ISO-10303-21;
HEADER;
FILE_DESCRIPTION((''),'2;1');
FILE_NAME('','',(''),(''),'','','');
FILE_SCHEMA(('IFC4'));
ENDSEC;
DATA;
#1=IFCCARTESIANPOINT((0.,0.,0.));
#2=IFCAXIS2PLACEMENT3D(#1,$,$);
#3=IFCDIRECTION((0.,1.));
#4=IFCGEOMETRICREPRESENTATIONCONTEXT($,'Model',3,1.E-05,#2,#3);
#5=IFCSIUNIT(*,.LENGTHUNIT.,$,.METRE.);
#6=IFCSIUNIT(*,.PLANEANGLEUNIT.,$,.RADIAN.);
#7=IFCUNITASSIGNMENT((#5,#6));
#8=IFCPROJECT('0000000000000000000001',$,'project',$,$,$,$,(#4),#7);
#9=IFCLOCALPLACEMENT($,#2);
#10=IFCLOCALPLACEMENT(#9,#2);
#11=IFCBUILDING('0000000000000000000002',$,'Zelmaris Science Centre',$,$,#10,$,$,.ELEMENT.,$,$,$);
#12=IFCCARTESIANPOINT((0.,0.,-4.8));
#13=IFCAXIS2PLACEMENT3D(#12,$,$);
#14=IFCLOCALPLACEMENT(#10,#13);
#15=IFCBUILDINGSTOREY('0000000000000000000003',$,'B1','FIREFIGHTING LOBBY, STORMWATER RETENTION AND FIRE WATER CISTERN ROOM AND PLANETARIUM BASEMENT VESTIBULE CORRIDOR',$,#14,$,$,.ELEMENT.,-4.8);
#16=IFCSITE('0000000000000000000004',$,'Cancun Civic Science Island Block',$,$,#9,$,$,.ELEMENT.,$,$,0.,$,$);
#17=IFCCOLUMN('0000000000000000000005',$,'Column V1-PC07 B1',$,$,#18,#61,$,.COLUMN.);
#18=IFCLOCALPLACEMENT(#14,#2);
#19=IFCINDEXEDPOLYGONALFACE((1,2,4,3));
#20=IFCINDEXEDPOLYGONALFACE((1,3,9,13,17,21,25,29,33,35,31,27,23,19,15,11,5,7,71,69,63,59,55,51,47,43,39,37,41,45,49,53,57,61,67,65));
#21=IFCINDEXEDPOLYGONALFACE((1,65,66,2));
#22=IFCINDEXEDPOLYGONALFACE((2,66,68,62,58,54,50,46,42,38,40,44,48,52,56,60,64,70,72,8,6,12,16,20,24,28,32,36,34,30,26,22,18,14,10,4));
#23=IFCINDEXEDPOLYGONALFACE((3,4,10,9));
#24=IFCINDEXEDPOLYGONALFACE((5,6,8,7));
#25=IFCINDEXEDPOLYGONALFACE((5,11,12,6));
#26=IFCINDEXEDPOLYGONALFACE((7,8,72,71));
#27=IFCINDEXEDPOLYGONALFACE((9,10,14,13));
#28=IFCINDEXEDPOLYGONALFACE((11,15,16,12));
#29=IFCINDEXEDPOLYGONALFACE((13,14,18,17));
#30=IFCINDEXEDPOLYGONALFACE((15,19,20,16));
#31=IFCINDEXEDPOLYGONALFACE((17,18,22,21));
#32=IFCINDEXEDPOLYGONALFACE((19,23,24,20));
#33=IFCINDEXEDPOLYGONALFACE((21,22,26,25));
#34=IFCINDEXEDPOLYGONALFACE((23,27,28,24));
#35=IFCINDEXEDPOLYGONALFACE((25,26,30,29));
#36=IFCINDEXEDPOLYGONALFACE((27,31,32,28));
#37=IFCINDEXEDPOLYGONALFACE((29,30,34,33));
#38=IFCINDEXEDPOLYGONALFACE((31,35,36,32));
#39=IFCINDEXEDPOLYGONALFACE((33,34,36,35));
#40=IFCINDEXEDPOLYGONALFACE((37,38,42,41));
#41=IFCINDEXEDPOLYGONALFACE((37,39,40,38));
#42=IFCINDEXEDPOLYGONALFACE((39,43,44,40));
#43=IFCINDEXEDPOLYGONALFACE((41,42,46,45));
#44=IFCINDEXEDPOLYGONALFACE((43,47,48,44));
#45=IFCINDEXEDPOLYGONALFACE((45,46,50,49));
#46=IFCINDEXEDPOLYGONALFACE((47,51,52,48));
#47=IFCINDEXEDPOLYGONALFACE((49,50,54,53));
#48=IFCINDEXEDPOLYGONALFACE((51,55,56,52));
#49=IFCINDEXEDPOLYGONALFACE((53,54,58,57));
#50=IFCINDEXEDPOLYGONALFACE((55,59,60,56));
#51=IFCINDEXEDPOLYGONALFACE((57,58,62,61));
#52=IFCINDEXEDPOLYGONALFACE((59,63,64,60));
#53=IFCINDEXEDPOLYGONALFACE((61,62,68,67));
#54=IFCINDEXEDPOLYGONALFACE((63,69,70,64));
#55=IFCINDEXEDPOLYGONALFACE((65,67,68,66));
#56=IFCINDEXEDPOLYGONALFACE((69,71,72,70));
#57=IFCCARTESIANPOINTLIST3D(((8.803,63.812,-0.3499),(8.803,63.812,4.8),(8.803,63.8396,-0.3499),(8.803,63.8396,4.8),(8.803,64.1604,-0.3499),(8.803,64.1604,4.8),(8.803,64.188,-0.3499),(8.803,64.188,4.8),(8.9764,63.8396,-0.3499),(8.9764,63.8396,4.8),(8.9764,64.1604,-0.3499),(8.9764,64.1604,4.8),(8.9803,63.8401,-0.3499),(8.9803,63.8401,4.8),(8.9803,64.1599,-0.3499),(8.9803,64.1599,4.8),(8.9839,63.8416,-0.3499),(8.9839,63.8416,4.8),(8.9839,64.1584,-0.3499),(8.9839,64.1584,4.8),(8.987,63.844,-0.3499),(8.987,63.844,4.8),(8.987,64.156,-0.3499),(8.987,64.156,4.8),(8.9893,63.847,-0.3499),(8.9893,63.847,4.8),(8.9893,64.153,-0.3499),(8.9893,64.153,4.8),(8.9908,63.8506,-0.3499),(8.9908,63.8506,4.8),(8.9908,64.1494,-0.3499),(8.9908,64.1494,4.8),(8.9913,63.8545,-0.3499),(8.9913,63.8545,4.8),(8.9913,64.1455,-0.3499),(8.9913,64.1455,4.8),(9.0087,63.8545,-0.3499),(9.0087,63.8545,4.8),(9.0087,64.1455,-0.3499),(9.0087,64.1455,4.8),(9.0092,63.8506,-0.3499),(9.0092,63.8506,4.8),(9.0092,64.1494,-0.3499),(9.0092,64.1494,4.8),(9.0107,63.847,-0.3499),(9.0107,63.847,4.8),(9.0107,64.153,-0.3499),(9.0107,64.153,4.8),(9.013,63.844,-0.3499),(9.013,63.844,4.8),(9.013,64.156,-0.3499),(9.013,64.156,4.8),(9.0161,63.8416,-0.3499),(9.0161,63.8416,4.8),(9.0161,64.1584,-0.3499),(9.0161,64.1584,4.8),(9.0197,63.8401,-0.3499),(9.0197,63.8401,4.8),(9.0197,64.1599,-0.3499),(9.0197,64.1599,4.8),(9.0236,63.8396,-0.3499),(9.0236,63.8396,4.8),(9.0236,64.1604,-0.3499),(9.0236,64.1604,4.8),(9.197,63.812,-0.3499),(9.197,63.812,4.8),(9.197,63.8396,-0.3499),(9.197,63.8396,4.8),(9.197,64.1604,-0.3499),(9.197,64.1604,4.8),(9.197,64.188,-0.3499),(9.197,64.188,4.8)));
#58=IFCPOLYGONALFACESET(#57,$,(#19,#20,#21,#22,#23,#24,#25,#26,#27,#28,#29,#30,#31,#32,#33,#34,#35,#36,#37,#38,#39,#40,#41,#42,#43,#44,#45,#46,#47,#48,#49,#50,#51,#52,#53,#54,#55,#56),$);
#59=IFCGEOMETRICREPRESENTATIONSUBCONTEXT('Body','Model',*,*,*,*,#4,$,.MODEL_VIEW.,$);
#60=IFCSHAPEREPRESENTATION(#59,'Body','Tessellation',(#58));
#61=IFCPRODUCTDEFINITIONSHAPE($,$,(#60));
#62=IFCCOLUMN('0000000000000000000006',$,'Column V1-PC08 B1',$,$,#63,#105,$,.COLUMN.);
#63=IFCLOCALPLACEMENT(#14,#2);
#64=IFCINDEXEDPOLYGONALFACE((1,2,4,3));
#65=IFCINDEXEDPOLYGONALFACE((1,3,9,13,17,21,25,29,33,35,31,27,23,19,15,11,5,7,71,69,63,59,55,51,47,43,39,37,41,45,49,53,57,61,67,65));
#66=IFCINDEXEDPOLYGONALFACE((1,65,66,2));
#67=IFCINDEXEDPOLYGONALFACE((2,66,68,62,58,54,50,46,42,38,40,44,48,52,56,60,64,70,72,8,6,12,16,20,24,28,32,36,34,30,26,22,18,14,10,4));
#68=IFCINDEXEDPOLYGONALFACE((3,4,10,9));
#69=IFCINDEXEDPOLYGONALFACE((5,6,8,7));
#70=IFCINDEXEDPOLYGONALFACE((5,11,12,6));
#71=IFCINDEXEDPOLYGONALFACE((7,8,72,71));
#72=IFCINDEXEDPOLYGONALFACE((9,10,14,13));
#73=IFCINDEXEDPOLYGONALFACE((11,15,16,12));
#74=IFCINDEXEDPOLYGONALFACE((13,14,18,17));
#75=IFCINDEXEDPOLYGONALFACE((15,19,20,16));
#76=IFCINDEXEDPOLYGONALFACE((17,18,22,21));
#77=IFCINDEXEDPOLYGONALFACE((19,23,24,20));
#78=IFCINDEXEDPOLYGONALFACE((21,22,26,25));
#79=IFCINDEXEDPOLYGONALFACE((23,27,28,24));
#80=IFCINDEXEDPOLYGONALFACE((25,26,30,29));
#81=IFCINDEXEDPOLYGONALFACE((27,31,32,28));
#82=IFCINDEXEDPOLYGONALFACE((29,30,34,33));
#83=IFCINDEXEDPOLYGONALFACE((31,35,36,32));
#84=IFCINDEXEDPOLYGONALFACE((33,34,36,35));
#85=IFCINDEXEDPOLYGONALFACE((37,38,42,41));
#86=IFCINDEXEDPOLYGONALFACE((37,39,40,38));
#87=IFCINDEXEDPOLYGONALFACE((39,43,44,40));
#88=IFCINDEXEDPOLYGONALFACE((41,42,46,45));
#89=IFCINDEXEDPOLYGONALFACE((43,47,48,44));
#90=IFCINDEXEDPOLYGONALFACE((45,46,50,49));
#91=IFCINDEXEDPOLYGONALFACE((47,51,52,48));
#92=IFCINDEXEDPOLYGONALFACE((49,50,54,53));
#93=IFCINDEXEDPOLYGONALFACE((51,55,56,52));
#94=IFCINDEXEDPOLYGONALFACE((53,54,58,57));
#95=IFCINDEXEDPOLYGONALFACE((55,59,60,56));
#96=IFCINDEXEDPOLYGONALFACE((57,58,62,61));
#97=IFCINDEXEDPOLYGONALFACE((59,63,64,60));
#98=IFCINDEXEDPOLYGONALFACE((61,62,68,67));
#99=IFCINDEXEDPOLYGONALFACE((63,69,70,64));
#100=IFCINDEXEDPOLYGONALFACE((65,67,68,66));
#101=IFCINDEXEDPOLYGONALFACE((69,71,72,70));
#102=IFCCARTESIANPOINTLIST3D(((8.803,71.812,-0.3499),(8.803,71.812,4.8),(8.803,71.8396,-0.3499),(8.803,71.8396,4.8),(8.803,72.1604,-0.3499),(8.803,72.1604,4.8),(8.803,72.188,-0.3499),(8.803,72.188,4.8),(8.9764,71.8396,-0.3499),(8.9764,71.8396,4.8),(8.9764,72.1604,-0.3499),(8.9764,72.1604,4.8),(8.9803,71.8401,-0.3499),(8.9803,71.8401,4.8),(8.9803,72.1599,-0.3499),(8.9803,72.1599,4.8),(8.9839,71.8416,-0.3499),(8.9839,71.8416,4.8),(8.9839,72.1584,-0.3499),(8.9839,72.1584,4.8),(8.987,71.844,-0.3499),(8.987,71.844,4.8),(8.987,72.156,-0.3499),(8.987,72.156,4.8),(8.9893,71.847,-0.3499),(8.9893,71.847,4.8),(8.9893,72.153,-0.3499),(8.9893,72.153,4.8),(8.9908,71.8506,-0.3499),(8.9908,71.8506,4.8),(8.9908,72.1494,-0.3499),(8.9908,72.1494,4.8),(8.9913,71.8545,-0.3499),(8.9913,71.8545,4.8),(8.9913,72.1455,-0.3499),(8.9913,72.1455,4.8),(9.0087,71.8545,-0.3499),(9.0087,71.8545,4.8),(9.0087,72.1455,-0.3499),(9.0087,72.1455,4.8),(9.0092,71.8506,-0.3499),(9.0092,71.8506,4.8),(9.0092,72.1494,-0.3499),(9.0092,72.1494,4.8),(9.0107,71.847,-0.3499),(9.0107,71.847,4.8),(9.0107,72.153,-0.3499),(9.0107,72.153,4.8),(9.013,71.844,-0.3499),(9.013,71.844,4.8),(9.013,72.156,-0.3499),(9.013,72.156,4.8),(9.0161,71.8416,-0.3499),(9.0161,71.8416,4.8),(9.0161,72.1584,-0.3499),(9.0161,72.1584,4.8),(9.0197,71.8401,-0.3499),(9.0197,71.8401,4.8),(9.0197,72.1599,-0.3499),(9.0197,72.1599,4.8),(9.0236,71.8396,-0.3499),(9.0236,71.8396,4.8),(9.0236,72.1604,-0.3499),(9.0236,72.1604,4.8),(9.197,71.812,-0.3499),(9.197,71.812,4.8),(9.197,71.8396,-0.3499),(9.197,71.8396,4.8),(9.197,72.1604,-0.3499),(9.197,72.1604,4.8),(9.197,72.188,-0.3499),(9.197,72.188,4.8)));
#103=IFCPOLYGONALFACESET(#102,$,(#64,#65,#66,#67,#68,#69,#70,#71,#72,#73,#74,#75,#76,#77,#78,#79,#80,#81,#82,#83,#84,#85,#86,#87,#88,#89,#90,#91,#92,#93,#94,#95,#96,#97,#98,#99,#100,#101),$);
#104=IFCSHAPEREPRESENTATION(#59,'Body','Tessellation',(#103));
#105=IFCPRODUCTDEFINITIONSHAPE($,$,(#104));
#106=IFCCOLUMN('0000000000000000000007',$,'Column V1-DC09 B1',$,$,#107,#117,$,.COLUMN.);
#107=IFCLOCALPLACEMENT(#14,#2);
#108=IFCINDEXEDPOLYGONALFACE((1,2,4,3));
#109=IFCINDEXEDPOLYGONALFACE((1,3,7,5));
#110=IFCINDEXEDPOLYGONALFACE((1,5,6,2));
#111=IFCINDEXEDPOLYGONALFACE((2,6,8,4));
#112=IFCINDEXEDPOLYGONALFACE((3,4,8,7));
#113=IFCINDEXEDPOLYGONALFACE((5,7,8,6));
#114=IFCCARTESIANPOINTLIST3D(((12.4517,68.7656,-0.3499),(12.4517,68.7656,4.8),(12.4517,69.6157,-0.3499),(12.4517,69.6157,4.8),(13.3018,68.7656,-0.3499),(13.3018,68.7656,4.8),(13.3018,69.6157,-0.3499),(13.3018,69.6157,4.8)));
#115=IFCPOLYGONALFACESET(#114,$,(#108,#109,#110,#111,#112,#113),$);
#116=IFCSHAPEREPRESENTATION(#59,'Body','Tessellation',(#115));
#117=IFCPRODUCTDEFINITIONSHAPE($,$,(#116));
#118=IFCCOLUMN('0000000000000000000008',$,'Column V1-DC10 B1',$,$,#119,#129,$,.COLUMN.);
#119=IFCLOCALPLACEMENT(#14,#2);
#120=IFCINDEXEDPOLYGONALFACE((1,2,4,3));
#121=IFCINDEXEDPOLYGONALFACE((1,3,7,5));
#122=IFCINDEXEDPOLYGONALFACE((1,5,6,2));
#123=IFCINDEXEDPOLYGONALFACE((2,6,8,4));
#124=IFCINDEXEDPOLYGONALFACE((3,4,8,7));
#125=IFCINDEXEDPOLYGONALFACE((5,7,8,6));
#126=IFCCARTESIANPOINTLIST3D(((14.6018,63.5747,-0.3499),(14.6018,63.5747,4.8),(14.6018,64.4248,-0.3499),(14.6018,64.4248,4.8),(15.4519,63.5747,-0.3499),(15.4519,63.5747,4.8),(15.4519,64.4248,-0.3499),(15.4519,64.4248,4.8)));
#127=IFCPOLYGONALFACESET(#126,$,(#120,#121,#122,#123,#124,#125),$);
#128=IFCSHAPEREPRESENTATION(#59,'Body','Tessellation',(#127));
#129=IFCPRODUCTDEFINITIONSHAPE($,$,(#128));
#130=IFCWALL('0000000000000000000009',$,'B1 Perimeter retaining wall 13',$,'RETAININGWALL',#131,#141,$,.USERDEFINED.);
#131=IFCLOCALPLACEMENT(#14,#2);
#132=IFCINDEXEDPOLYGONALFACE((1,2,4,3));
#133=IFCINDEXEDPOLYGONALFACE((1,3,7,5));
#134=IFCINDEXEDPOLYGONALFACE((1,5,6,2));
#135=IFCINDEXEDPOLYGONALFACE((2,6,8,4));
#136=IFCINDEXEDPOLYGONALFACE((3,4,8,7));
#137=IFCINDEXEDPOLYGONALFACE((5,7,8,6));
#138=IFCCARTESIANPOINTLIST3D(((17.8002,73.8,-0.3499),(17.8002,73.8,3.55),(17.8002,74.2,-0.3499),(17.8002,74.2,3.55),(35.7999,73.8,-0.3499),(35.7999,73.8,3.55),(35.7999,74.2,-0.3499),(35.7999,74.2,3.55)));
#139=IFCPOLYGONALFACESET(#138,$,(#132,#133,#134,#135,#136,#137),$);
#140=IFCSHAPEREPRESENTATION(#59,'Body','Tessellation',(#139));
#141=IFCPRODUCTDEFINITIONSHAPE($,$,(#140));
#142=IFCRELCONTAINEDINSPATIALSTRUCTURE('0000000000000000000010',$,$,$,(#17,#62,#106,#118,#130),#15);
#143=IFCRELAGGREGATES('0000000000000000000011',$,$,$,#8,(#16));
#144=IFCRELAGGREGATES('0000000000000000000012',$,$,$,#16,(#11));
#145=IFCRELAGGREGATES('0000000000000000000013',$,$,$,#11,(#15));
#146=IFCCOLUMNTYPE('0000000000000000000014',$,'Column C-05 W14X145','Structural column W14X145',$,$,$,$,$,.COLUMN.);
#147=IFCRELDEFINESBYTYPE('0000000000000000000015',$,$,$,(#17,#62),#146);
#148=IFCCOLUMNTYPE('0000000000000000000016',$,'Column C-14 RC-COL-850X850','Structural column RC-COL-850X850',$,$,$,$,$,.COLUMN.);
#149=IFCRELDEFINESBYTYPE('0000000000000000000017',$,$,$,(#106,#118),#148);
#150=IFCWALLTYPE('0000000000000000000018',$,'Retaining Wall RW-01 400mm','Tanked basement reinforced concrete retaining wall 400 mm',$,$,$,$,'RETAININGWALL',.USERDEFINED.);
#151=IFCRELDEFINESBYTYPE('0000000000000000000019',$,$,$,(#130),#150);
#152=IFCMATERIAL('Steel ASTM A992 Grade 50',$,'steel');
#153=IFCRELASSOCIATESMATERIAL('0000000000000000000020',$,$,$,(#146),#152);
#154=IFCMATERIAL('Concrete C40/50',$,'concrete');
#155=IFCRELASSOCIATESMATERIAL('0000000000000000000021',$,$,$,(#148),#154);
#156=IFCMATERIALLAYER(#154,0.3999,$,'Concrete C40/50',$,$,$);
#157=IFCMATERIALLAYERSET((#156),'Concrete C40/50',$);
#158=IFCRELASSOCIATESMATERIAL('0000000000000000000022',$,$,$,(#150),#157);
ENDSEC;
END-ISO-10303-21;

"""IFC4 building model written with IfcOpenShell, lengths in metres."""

from ifc_helpers import new_model, si_unit, direction, frame, frame_2d, origin, origin_2d, place, context, subcontext, project, spatial, rectangle, i_section, extrude, material, layer, layer_set, material_profile, profile_set, type_object, element, save


model = new_model("IFC4")

# Units and contexts
model_context = context("Model", 3, precision=1e-05, world=origin(), true_north=direction((0.0, 1.0)))
body_context = subcontext(model_context, "Body", "Model", "MODEL_VIEW")
ifc_project = project(units=[si_unit("LENGTHUNIT", "METRE"), si_unit("PLANEANGLEUNIT", "RADIAN")], contexts=[model_context])

# Site, building, storey
site_placement = place(None, origin())
site = spatial("IfcSite", under=ifc_project, at=site_placement, Name="Cancun Civic Science Island Block", CompositionType="ELEMENT", RefElevation=0.0)
building_placement = place(site_placement, origin())
building = spatial("IfcBuilding", under=site, at=building_placement, Name="Zelmaris Science Centre", CompositionType="ELEMENT")
storey_placement = place(building_placement, frame((0.0, 0.0, -4.8)))
storey = spatial("IfcBuildingStorey", under=building, at=storey_placement, Name="B1", Description="FIREFIGHTING LOBBY, STORMWATER RETENTION AND FIRE WATER CISTERN ROOM AND PLANETARIUM BASEMENT VESTIBULE CORRIDOR", CompositionType="ELEMENT", Elevation=-4.8)

# Shared definitions
ifc_material_1 = material(Name="Concrete C40/50", Category="concrete")

# Columns
ifc_material_2 = material(Name="Steel ASTM A992 Grade 50", Category="steel")
ifc_material_profile_1 = material_profile(ifc_material_2, i_section(OverallWidth=0.394, OverallDepth=0.376, WebThickness=0.0173, FlangeThickness=0.0276, FilletRadius=0.0149, at=origin_2d()), Name="W14X145")
ifc_profile_set_1 = profile_set([ifc_material_profile_1], Name="Steel ASTM A992 Grade 50")
column_type_1 = type_object("IfcColumnType", Name="Column C-05 W14X145", Description="Structural column W14X145", PredefinedType="COLUMN", material=ifc_profile_set_1)
for number, where, z_axis, x_axis, name in (
    (1, (9.0, 64.0, -0.3499), (0.0, 0.0, 1.0), (1.0, 0.0, 0.0), "Column V1-PC07 B1"),
    (2, (9.0, 72.0, -0.3499), (0.0, 0.0, 1.0), (1.0, 0.0, 0.0), "Column V1-PC08 B1"),
):
    element("IfcColumn", number, at=place(storey_placement, frame(where, z_axis=z_axis, x_axis=x_axis)), inside=storey, type_object=column_type_1, Name=name, PredefinedType="COLUMN", context=body_context, shape_type="SweptSolid", body=[
        extrude(i_section(OverallWidth=0.394, OverallDepth=0.376, WebThickness=0.0173, FlangeThickness=0.0276, FilletRadius=0.0149, at=origin_2d()), origin(), (0.0, 0.0, 1.0), 5.1499),
    ])
ifc_material_profile_2 = material_profile(ifc_material_1, rectangle(XDim=0.8501, YDim=0.8501, at=origin_2d()), Name="RC-COL-850X850")
ifc_profile_set_2 = profile_set([ifc_material_profile_2], Name="Concrete C40/50")
column_type_2 = type_object("IfcColumnType", Name="Column C-14 RC-COL-850X850", Description="Structural column RC-COL-850X850", PredefinedType="COLUMN", material=ifc_profile_set_2)
for number, where, z_axis, x_axis, name in (
    (3, (12.8767, 69.1907, -0.3499), (0.0, 0.0, 1.0), (1.0, 0.0, 0.0), "Column V1-DC09 B1"),
    (4, (15.0269, 63.9998, -0.3499), (0.0, 0.0, 1.0), (1.0, 0.0, 0.0), "Column V1-DC10 B1"),
):
    element("IfcColumn", number, at=place(storey_placement, frame(where, z_axis=z_axis, x_axis=x_axis)), inside=storey, type_object=column_type_2, Name=name, PredefinedType="COLUMN", context=body_context, shape_type="SweptSolid", body=[
        extrude(rectangle(XDim=0.8501, YDim=0.8501, at=origin_2d()), origin(), (0.0, 0.0, 1.0), 5.1499),
    ])

# Wall
ifc_layer = layer(ifc_material_1, 0.3999, Name="Concrete C40/50")
ifc_layer_set = layer_set([ifc_layer], Name="Concrete C40/50")
wall_type = type_object("IfcWallType", Name="Retaining Wall RW-01 400mm", Description="Tanked basement reinforced concrete retaining wall 400 mm", ElementType="RETAININGWALL", PredefinedType="USERDEFINED", material=ifc_layer_set)
wall_placement = place(storey_placement, frame((17.8, 74.0, -0.3499), z_axis=(0.0, 0.0, 1.0), x_axis=(1.0, 0.0, 0.0)))
element("IfcWall", 5, at=wall_placement, inside=storey, type_object=wall_type, Name="B1 Perimeter retaining wall 13", ObjectType="RETAININGWALL", PredefinedType="USERDEFINED", context=body_context, shape_type="SweptSolid", body=[
    extrude(rectangle(XDim=17.9998, YDim=0.3999, at=frame_2d((9.0, 0.0))), origin(), (0.0, 0.0, 1.0), 3.8999),
])

save(model, "model.ifc")
